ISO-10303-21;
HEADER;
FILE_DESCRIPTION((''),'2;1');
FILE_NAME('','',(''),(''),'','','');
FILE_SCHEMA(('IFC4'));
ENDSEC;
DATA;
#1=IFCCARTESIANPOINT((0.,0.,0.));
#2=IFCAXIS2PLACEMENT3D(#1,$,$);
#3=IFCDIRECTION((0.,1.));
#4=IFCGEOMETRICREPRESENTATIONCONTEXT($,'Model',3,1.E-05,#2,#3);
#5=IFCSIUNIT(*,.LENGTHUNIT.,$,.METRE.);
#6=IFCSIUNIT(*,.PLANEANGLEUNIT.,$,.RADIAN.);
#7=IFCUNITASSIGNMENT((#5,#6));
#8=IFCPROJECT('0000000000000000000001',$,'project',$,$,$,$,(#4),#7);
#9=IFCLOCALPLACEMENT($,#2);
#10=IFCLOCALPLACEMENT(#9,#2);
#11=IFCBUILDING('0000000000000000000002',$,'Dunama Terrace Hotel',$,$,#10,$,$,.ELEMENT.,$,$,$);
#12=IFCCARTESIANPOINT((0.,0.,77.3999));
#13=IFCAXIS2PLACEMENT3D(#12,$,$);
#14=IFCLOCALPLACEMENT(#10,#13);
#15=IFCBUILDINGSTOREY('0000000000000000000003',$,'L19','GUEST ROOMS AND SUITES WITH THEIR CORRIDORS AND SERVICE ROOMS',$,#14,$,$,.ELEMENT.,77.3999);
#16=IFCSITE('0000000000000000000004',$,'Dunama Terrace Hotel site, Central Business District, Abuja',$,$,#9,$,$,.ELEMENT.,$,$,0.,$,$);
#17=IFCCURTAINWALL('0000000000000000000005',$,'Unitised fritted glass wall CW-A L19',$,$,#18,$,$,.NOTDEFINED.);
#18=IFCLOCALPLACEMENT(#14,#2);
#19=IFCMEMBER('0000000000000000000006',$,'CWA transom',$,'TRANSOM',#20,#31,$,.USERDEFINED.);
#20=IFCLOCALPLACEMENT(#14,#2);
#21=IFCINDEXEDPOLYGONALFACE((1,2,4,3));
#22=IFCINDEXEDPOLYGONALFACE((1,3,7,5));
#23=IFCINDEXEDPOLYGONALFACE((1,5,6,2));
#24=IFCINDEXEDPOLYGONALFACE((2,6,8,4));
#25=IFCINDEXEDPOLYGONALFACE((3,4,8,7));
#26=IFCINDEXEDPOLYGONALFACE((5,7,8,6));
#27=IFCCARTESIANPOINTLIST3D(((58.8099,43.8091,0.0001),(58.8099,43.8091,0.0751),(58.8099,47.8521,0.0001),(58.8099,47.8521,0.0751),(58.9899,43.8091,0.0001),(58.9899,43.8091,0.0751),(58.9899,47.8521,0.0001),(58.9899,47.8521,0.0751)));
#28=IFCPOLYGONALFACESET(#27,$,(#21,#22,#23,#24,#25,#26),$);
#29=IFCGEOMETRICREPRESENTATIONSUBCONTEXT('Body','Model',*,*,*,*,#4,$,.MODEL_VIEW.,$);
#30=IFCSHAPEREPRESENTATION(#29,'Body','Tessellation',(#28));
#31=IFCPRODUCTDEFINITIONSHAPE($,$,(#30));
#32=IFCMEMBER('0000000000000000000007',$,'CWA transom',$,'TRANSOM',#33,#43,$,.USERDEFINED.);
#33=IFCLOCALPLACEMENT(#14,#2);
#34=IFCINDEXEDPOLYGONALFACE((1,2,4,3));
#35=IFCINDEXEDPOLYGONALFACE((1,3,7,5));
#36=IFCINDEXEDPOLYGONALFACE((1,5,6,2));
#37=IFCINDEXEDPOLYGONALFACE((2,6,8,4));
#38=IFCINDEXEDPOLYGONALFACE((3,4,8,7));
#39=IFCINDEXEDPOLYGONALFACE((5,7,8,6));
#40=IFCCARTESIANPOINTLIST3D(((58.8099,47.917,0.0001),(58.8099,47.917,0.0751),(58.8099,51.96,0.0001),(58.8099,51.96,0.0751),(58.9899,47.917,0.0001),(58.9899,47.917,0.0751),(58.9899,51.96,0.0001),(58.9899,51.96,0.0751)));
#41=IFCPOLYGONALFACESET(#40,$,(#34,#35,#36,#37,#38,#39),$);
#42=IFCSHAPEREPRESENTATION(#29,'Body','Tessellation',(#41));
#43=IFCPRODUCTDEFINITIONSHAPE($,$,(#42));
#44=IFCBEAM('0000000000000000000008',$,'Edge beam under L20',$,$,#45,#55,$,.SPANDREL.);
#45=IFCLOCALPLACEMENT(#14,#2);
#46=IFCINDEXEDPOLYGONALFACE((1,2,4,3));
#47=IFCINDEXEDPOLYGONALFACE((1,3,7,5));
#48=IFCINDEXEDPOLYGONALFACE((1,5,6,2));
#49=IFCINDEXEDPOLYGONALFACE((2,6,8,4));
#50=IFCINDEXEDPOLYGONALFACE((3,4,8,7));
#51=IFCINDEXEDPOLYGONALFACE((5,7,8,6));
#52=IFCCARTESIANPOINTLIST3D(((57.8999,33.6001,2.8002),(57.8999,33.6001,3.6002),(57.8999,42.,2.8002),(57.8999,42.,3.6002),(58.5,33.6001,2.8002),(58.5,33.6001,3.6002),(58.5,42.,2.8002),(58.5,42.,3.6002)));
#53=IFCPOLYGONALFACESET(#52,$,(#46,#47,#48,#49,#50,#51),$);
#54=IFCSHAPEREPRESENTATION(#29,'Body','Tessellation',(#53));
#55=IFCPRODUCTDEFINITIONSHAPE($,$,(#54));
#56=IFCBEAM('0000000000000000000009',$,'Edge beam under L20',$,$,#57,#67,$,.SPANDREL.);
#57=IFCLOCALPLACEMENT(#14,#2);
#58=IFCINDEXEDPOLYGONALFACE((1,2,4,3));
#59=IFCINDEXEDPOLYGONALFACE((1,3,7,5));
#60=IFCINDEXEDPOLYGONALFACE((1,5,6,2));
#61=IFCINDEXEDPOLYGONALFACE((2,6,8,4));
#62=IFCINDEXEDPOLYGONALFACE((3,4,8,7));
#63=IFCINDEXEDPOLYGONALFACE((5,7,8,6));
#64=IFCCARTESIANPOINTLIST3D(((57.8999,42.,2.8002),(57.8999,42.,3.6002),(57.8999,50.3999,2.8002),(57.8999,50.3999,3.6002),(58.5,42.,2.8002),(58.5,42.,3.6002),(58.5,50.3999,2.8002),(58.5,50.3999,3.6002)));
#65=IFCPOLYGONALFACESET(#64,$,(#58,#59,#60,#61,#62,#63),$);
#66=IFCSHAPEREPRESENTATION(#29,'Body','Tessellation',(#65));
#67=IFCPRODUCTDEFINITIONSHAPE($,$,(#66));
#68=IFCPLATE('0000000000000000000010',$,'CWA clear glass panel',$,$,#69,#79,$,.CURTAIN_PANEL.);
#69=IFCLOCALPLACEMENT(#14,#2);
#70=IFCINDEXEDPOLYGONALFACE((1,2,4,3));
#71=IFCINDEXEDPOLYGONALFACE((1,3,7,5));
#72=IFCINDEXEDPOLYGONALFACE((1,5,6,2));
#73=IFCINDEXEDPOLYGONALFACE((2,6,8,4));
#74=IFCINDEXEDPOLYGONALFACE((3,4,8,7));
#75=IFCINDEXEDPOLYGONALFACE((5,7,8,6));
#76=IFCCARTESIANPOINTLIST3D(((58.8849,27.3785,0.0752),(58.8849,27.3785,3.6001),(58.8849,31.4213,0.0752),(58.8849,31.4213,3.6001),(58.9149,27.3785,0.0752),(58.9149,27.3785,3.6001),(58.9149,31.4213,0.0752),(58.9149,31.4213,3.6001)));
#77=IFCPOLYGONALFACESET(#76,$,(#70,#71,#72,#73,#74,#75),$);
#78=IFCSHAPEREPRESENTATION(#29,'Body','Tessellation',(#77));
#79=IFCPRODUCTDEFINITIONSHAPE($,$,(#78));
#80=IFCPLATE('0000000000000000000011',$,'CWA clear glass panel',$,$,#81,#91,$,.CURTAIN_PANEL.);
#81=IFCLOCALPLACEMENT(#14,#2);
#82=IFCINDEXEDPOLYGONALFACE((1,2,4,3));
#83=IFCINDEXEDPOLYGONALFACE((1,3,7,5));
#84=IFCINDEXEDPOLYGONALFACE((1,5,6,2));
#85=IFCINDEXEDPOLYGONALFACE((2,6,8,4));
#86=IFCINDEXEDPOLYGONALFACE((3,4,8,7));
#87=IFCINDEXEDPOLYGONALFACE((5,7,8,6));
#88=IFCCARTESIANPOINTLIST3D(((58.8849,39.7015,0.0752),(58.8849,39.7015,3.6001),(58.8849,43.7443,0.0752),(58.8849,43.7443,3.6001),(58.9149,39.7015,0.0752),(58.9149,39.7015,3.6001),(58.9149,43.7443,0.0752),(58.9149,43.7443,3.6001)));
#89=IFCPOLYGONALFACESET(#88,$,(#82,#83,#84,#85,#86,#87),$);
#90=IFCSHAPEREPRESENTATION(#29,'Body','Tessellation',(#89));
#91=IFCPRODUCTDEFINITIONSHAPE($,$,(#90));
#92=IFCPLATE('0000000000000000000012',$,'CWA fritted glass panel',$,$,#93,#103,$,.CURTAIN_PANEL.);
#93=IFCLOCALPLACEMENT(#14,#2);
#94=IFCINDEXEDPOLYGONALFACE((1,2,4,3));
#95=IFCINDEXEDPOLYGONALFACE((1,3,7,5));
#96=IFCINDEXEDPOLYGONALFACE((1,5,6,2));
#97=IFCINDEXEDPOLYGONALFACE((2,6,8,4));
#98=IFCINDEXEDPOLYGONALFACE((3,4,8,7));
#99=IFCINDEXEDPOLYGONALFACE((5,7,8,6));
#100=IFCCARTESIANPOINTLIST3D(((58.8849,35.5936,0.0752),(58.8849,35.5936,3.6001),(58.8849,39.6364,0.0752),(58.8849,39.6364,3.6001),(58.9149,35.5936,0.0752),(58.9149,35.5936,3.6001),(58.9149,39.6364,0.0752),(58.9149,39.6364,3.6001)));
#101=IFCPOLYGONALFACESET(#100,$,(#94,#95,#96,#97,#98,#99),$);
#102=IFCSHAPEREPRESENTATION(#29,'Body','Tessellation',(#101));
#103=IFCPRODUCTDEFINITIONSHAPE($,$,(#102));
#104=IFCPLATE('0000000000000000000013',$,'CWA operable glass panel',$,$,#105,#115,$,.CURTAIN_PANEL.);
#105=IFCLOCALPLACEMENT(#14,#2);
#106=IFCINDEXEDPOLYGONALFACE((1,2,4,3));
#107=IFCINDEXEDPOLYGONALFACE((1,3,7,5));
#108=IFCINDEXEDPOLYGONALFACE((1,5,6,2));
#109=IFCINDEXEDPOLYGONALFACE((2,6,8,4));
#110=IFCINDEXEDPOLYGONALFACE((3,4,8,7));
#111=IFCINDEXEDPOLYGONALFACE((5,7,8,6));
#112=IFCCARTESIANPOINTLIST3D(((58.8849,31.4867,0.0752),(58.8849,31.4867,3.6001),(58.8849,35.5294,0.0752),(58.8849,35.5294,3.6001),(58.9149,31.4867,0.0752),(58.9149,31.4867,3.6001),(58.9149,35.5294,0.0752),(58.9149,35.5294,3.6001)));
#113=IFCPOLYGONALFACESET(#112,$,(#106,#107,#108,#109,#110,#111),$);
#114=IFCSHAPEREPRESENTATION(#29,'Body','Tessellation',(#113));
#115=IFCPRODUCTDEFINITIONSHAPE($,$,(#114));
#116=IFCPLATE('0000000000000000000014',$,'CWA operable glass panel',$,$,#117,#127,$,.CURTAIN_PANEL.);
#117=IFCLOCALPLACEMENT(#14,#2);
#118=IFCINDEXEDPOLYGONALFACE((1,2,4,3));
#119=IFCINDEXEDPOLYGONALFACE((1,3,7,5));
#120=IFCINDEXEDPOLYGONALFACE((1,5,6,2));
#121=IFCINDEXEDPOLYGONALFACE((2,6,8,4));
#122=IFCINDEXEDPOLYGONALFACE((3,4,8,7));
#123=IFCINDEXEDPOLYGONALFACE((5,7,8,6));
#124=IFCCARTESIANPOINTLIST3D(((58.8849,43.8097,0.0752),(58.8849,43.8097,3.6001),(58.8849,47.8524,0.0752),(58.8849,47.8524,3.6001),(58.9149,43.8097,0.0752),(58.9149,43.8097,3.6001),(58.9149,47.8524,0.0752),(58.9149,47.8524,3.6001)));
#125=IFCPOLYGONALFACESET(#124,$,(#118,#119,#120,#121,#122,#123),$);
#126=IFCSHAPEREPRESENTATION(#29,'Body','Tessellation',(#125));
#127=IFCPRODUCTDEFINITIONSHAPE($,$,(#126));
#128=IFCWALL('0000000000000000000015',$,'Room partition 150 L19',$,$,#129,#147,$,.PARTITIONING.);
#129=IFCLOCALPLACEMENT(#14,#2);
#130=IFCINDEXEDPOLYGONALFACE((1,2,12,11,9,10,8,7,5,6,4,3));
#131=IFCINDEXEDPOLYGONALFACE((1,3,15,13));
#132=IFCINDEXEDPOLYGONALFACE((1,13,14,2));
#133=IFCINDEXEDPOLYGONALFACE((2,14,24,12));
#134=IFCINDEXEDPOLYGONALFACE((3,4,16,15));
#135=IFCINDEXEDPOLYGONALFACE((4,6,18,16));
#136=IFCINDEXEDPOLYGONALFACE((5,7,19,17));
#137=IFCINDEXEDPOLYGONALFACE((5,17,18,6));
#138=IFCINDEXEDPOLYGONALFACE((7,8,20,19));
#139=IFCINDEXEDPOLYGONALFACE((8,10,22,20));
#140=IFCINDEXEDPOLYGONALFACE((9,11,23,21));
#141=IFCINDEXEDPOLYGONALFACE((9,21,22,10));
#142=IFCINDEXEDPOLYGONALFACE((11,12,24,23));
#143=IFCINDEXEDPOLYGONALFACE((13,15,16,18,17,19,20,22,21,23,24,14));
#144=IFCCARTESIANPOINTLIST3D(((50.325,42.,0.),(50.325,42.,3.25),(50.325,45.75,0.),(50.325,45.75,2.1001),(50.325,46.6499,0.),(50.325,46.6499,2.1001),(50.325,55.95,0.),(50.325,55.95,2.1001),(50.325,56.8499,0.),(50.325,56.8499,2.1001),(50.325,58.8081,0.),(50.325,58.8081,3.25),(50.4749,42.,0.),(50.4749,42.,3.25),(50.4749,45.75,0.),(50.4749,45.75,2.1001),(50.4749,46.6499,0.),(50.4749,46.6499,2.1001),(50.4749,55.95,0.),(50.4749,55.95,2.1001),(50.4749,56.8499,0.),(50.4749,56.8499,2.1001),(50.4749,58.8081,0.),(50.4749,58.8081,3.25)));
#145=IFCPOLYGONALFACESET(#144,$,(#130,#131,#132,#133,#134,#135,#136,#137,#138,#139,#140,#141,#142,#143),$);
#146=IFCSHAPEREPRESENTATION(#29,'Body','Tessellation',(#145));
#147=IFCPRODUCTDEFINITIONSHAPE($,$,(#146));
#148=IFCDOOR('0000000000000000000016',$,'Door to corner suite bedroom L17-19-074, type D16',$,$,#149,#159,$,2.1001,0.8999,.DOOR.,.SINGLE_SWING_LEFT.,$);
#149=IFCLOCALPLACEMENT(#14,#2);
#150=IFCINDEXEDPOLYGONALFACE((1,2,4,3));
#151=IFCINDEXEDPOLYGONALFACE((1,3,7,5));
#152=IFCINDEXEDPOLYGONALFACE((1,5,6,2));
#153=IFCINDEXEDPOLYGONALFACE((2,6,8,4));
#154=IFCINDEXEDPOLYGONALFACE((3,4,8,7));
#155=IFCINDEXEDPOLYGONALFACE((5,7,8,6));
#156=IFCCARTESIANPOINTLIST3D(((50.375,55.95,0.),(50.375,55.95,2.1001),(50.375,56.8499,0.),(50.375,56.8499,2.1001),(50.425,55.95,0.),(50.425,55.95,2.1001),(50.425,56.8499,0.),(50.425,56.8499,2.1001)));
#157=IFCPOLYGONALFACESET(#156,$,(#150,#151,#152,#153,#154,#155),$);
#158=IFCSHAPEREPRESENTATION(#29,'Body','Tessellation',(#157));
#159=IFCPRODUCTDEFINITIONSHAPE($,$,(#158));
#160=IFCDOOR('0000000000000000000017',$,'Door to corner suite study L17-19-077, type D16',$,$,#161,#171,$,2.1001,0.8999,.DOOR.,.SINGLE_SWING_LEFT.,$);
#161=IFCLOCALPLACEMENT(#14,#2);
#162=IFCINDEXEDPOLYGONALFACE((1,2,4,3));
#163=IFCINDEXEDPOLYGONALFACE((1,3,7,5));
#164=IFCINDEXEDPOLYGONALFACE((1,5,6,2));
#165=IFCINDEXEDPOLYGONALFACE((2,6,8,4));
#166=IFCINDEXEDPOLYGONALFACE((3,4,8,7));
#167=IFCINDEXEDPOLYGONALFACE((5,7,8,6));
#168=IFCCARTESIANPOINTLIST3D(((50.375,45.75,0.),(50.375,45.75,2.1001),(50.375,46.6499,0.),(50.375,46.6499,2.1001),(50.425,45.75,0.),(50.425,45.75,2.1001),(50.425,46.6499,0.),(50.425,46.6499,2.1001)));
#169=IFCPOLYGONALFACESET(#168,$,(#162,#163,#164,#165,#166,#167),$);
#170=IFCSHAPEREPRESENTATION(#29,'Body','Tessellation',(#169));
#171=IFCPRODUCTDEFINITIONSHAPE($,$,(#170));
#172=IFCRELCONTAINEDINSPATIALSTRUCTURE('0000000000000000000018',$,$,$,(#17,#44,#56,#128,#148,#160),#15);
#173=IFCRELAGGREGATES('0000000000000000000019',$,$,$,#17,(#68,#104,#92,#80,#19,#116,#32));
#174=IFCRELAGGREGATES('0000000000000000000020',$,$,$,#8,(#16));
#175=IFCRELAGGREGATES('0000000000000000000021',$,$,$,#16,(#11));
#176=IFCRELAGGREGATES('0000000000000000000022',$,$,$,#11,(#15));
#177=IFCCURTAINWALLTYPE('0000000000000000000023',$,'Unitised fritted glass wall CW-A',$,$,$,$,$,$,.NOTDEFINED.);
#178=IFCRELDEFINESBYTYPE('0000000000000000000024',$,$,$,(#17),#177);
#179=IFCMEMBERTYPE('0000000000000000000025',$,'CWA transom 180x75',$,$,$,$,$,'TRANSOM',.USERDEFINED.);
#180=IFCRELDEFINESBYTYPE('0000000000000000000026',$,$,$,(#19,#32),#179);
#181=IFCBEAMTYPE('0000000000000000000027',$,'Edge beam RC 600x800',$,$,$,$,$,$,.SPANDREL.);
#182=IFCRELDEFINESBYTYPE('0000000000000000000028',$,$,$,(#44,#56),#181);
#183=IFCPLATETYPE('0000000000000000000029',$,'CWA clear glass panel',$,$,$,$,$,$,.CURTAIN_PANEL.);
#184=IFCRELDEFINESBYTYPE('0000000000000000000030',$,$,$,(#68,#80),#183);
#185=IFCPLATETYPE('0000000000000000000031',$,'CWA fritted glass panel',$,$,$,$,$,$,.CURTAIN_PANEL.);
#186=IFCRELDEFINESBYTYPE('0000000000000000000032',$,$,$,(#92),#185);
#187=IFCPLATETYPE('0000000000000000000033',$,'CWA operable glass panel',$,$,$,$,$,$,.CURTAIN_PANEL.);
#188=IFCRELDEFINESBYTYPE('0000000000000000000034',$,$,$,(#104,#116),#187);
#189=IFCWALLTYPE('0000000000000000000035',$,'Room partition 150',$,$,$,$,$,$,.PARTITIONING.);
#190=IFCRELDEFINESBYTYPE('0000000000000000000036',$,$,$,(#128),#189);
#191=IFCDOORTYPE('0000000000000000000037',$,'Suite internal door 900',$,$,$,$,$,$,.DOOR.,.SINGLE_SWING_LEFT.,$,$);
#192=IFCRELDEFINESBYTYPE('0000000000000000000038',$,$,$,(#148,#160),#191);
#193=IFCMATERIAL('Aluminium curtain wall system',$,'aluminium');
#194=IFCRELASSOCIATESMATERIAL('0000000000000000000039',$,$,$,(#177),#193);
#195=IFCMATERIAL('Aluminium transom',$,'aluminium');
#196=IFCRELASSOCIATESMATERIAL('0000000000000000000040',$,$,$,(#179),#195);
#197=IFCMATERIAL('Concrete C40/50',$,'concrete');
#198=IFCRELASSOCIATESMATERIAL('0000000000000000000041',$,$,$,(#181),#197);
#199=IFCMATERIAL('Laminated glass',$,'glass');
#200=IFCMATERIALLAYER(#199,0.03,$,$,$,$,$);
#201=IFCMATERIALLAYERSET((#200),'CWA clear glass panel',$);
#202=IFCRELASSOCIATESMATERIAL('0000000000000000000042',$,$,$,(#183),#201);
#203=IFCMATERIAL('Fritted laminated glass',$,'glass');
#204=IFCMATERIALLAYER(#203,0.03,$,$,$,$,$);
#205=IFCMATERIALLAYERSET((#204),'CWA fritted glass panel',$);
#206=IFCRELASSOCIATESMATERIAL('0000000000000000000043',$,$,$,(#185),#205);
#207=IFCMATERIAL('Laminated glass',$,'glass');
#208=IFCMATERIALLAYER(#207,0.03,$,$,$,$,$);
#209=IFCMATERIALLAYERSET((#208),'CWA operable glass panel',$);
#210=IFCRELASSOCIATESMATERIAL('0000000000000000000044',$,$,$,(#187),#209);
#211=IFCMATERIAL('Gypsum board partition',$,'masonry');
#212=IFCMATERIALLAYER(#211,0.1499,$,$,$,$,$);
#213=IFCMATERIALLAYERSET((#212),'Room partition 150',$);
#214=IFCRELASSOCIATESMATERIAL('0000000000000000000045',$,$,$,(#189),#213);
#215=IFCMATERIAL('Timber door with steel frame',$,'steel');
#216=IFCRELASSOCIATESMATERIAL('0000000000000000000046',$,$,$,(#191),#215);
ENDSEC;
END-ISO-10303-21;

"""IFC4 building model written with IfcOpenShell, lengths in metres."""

from ifc_helpers import new_model, si_unit, direction, frame, frame_2d, origin, origin_2d, place, context, subcontext, project, spatial, rectangle, extrude, material, layer, layer_set, material_profile, profile_set, type_object, element, fill, aggregate, save


model = new_model("IFC4")

# Units and contexts
model_context = context("Model", 3, precision=1e-05, world=origin(), true_north=direction((0.0, 1.0)))
body_context = subcontext(model_context, "Body", "Model", "MODEL_VIEW")
ifc_project = project(units=[si_unit("LENGTHUNIT", "METRE"), si_unit("PLANEANGLEUNIT", "RADIAN")], contexts=[model_context])

# Site, building, storey
site_placement = place(None, origin())
site = spatial("IfcSite", under=ifc_project, at=site_placement, Name="Dunama Terrace Hotel site, Central Business District, Abuja", CompositionType="ELEMENT", RefElevation=0.0)
building_placement = place(site_placement, origin())
building = spatial("IfcBuilding", under=site, at=building_placement, Name="Dunama Terrace Hotel", CompositionType="ELEMENT")
storey_placement = place(building_placement, frame((0.0, 0.0, 77.3999)))
storey = spatial("IfcBuildingStorey", under=building, at=storey_placement, Name="L19", Description="GUEST ROOMS AND SUITES WITH THEIR CORRIDORS AND SERVICE ROOMS", CompositionType="ELEMENT", Elevation=77.3999)

# Curtain wall, members
ifc_material_1 = material(Name="Aluminium curtain wall system", Category="aluminium")
curtain_wall_type = type_object("IfcCurtainWallType", Name="Unitised fritted glass wall CW-A", PredefinedType="NOTDEFINED", material=ifc_material_1)
curtain_wall_placement = place(storey_placement, origin())
curtain_wall = element("IfcCurtainWall", 1, at=curtain_wall_placement, inside=storey, type_object=curtain_wall_type, Name="Unitised fritted glass wall CW-A L19", PredefinedType="NOTDEFINED")
ifc_material_2 = material(Name="Aluminium transom", Category="aluminium")
ifc_material_profile_1 = material_profile(ifc_material_2, rectangle(XDim=0.1799, YDim=0.075, at=origin_2d()), Name="CWA TRANSOM 180X75")
ifc_profile_set_1 = profile_set([ifc_material_profile_1], Name="Aluminium transom")
member_type_1 = type_object("IfcMemberType", Name="CWA transom 180x75", ElementType="TRANSOM", PredefinedType="USERDEFINED", material=ifc_profile_set_1)
member_1_placement = place(storey_placement, frame((58.8999, 43.8091, 0.0376), z_axis=(0.0, 1.0, 0.0), x_axis=(-1.0, 0.0, 0.0)))
member_1 = element("IfcMember", 2, at=member_1_placement, type_object=member_type_1, Name="CWA transom", ObjectType="TRANSOM", PredefinedType="USERDEFINED", context=body_context, shape_type="SweptSolid", body=[
    extrude(rectangle(XDim=0.1799, YDim=0.075, at=origin_2d()), origin(), (0.0, 0.0, 1.0), 4.043),
])
member_2_placement = place(storey_placement, frame((58.8999, 47.917, 0.0376), z_axis=(0.0, 1.0, 0.0), x_axis=(-1.0, 0.0, 0.0)))
member_2 = element("IfcMember", 3, at=member_2_placement, type_object=member_type_1, Name="CWA transom", ObjectType="TRANSOM", PredefinedType="USERDEFINED", context=body_context, shape_type="SweptSolid", body=[
    extrude(rectangle(XDim=0.1799, YDim=0.075, at=origin_2d()), origin(), (0.0, 0.0, 1.0), 4.043),
])

# Beams
ifc_material_3 = material(Name="Concrete C40/50", Category="concrete")
ifc_material_profile_2 = material_profile(ifc_material_3, rectangle(XDim=0.6001, YDim=0.8, at=origin_2d()), Name="RC 600x800")
ifc_profile_set_2 = profile_set([ifc_material_profile_2], Name="Concrete C40/50")
beam_type = type_object("IfcBeamType", Name="Edge beam RC 600x800", PredefinedType="SPANDREL", material=ifc_profile_set_2)
for number, where, z_axis, x_axis, name in (
    (4, (58.2, 33.6001, 3.2002), (0.0, 1.0, 0.0), (-1.0, 0.0, 0.0), "Edge beam under L20"),
    (5, (58.2, 42.0, 3.2002), (0.0, 1.0, 0.0), (-1.0, 0.0, 0.0), "Edge beam under L20"),
):
    element("IfcBeam", number, at=place(storey_placement, frame(where, z_axis=z_axis, x_axis=x_axis)), inside=storey, type_object=beam_type, Name=name, PredefinedType="SPANDREL", context=body_context, shape_type="SweptSolid", body=[
        extrude(rectangle(XDim=0.6001, YDim=0.8, at=origin_2d()), origin(), (0.0, 0.0, 1.0), 8.3999),
    ])

# Plates
ifc_material_4 = material(Name="Laminated glass", Category="glass")
ifc_layer_1 = layer(ifc_material_4, 0.03)
ifc_layer_set_1 = layer_set([ifc_layer_1], Name="CWA clear glass panel")
plate_type_1 = type_object("IfcPlateType", Name="CWA clear glass panel", PredefinedType="CURTAIN_PANEL", material=ifc_layer_set_1)
plate_1_placement = place(storey_placement, frame((58.8999, 29.3999, 0.0752), z_axis=(0.0, 0.0, 1.0), x_axis=(0.0, 1.0, 0.0)))
plate_1 = element("IfcPlate", 6, at=plate_1_placement, type_object=plate_type_1, Name="CWA clear glass panel", PredefinedType="CURTAIN_PANEL", context=body_context, shape_type="SweptSolid", body=[
    extrude(rectangle(XDim=4.0427, YDim=0.03, at=origin_2d()), origin(), (0.0, 0.0, 1.0), 3.5249),
])
plate_2_placement = place(storey_placement, frame((58.8999, 41.7229, 0.0752), z_axis=(0.0, 0.0, 1.0), x_axis=(0.0, 1.0, 0.0)))
plate_2 = element("IfcPlate", 7, at=plate_2_placement, type_object=plate_type_1, Name="CWA clear glass panel", PredefinedType="CURTAIN_PANEL", context=body_context, shape_type="SweptSolid", body=[
    extrude(rectangle(XDim=4.0427, YDim=0.03, at=origin_2d()), origin(), (0.0, 0.0, 1.0), 3.5249),
])
ifc_material_5 = material(Name="Fritted laminated glass", Category="glass")
ifc_layer_2 = layer(ifc_material_5, 0.03)
ifc_layer_set_2 = layer_set([ifc_layer_2], Name="CWA fritted glass panel")
plate_type_2 = type_object("IfcPlateType", Name="CWA fritted glass panel", PredefinedType="CURTAIN_PANEL", material=ifc_layer_set_2)
plate_3_placement = place(storey_placement, frame((58.8999, 37.615, 0.0752), z_axis=(0.0, 0.0, 1.0), x_axis=(0.0, 1.0, 0.0)))
plate_3 = element("IfcPlate", 8, at=plate_3_placement, type_object=plate_type_2, Name="CWA fritted glass panel", PredefinedType="CURTAIN_PANEL", context=body_context, shape_type="SweptSolid", body=[
    extrude(rectangle(XDim=4.0427, YDim=0.03, at=origin_2d()), origin(), (0.0, 0.0, 1.0), 3.5249),
])
ifc_material_6 = material(Name="Laminated glass", Category="glass")
ifc_layer_3 = layer(ifc_material_6, 0.03)
ifc_layer_set_3 = layer_set([ifc_layer_3], Name="CWA operable glass panel")
plate_type_3 = type_object("IfcPlateType", Name="CWA operable glass panel", PredefinedType="CURTAIN_PANEL", material=ifc_layer_set_3)
plate_4_placement = place(storey_placement, frame((58.8999, 33.5081, 0.0752), z_axis=(0.0, 0.0, 1.0), x_axis=(0.0, 1.0, 0.0)))
plate_4 = element("IfcPlate", 9, at=plate_4_placement, type_object=plate_type_3, Name="CWA operable glass panel", PredefinedType="CURTAIN_PANEL", context=body_context, shape_type="SweptSolid", body=[
    extrude(rectangle(XDim=4.0427, YDim=0.03, at=origin_2d()), origin(), (0.0, 0.0, 1.0), 3.5249),
])
plate_5_placement = place(storey_placement, frame((58.8999, 45.8311, 0.0752), z_axis=(0.0, 0.0, 1.0), x_axis=(0.0, 1.0, 0.0)))
plate_5 = element("IfcPlate", 10, at=plate_5_placement, type_object=plate_type_3, Name="CWA operable glass panel", PredefinedType="CURTAIN_PANEL", context=body_context, shape_type="SweptSolid", body=[
    extrude(rectangle(XDim=4.0427, YDim=0.03, at=origin_2d()), origin(), (0.0, 0.0, 1.0), 3.5249),
])
aggregate(curtain_wall, [plate_1, plate_4, plate_3, plate_2, member_1, plate_5, member_2])

# Wall, openings, doors
ifc_material_7 = material(Name="Gypsum board partition", Category="masonry")
ifc_layer_4 = layer(ifc_material_7, 0.1499)
ifc_layer_set_4 = layer_set([ifc_layer_4], Name="Room partition 150")
wall_type = type_object("IfcWallType", Name="Room partition 150", PredefinedType="PARTITIONING", material=ifc_layer_set_4)
wall_1_placement = place(storey_placement, frame((50.3999, 42.0, 0.0), z_axis=(0.0, 0.0, 1.0), x_axis=(0.0, 1.0, 0.0)))
wall_1 = element("IfcWall", 11, at=wall_1_placement, inside=storey, type_object=wall_type, Name="Room partition 150 L19", PredefinedType="PARTITIONING", context=body_context, shape_type="SweptSolid", body=[
    extrude(rectangle(XDim=16.8081, YDim=0.1499, at=frame_2d((8.4041, 0.0))), origin(), (0.0, 0.0, 1.0), 3.25),
])
opening_1_placement = place(wall_1_placement, frame((13.95, 0.0, 0.0)))
opening_1 = element("IfcOpeningElement", 12, at=opening_1_placement, cuts=wall_1, PredefinedType="OPENING", context=body_context, shape_type="SweptSolid", body=[
    extrude(rectangle(XDim=0.8999, YDim=2.1001, at=frame_2d((0.45, 1.05))), frame((0.0, 0.085, 0.0), z_axis=(0.0, -1.0, 0.0), x_axis=(1.0, 0.0, 0.0)), (0.0, 0.0, 1.0), 0.1699),
])
opening_2_placement = place(wall_1_placement, frame((3.75, 0.0, 0.0)))
opening_2 = element("IfcOpeningElement", 13, at=opening_2_placement, cuts=wall_1, PredefinedType="OPENING", context=body_context, shape_type="SweptSolid", body=[
    extrude(rectangle(XDim=0.8999, YDim=2.1001, at=frame_2d((0.45, 1.05))), frame((0.0, 0.085, 0.0), z_axis=(0.0, -1.0, 0.0), x_axis=(1.0, 0.0, 0.0)), (0.0, 0.0, 1.0), 0.1699),
])
ifc_material_8 = material(Name="Timber door with steel frame", Category="steel")
door_type = type_object("IfcDoorType", Name="Suite internal door 900", OperationType="SINGLE_SWING_LEFT", PredefinedType="DOOR", material=ifc_material_8)
door_1_placement = place(opening_1_placement, frame((0.8999, 0.0, 0.0), z_axis=(0.0, 0.0, 1.0), x_axis=(-1.0, 0.0, 0.0)))
door_1 = element("IfcDoor", 14, at=door_1_placement, inside=storey, type_object=door_type, Name="Door to corner suite bedroom L17-19-074, type D16", OperationType="SINGLE_SWING_LEFT", OverallHeight=2.1001, OverallWidth=0.8999, PredefinedType="DOOR", context=body_context, shape_type="SweptSolid", body=[
    extrude(rectangle(XDim=0.8999, YDim=2.1001, at=frame_2d((0.45, 1.05))), frame((0.0, 0.0251, 0.0), z_axis=(0.0, -1.0, 0.0), x_axis=(1.0, 0.0, 0.0)), (0.0, 0.0, 1.0), 0.05),
])
fill(opening_1, door_1)
door_2_placement = place(opening_2_placement, frame((0.8999, 0.0, 0.0), z_axis=(0.0, 0.0, 1.0), x_axis=(-1.0, 0.0, 0.0)))
door_2 = element("IfcDoor", 15, at=door_2_placement, inside=storey, type_object=door_type, Name="Door to corner suite study L17-19-077, type D16", OperationType="SINGLE_SWING_LEFT", OverallHeight=2.1001, OverallWidth=0.8999, PredefinedType="DOOR", context=body_context, shape_type="SweptSolid", body=[
    extrude(rectangle(XDim=0.8999, YDim=2.1001, at=frame_2d((0.45, 1.05))), frame((0.0, 0.0251, 0.0), z_axis=(0.0, -1.0, 0.0), x_axis=(1.0, 0.0, 0.0)), (0.0, 0.0, 1.0), 0.05),
])
fill(opening_2, door_2)

save(model, "model.ifc")
